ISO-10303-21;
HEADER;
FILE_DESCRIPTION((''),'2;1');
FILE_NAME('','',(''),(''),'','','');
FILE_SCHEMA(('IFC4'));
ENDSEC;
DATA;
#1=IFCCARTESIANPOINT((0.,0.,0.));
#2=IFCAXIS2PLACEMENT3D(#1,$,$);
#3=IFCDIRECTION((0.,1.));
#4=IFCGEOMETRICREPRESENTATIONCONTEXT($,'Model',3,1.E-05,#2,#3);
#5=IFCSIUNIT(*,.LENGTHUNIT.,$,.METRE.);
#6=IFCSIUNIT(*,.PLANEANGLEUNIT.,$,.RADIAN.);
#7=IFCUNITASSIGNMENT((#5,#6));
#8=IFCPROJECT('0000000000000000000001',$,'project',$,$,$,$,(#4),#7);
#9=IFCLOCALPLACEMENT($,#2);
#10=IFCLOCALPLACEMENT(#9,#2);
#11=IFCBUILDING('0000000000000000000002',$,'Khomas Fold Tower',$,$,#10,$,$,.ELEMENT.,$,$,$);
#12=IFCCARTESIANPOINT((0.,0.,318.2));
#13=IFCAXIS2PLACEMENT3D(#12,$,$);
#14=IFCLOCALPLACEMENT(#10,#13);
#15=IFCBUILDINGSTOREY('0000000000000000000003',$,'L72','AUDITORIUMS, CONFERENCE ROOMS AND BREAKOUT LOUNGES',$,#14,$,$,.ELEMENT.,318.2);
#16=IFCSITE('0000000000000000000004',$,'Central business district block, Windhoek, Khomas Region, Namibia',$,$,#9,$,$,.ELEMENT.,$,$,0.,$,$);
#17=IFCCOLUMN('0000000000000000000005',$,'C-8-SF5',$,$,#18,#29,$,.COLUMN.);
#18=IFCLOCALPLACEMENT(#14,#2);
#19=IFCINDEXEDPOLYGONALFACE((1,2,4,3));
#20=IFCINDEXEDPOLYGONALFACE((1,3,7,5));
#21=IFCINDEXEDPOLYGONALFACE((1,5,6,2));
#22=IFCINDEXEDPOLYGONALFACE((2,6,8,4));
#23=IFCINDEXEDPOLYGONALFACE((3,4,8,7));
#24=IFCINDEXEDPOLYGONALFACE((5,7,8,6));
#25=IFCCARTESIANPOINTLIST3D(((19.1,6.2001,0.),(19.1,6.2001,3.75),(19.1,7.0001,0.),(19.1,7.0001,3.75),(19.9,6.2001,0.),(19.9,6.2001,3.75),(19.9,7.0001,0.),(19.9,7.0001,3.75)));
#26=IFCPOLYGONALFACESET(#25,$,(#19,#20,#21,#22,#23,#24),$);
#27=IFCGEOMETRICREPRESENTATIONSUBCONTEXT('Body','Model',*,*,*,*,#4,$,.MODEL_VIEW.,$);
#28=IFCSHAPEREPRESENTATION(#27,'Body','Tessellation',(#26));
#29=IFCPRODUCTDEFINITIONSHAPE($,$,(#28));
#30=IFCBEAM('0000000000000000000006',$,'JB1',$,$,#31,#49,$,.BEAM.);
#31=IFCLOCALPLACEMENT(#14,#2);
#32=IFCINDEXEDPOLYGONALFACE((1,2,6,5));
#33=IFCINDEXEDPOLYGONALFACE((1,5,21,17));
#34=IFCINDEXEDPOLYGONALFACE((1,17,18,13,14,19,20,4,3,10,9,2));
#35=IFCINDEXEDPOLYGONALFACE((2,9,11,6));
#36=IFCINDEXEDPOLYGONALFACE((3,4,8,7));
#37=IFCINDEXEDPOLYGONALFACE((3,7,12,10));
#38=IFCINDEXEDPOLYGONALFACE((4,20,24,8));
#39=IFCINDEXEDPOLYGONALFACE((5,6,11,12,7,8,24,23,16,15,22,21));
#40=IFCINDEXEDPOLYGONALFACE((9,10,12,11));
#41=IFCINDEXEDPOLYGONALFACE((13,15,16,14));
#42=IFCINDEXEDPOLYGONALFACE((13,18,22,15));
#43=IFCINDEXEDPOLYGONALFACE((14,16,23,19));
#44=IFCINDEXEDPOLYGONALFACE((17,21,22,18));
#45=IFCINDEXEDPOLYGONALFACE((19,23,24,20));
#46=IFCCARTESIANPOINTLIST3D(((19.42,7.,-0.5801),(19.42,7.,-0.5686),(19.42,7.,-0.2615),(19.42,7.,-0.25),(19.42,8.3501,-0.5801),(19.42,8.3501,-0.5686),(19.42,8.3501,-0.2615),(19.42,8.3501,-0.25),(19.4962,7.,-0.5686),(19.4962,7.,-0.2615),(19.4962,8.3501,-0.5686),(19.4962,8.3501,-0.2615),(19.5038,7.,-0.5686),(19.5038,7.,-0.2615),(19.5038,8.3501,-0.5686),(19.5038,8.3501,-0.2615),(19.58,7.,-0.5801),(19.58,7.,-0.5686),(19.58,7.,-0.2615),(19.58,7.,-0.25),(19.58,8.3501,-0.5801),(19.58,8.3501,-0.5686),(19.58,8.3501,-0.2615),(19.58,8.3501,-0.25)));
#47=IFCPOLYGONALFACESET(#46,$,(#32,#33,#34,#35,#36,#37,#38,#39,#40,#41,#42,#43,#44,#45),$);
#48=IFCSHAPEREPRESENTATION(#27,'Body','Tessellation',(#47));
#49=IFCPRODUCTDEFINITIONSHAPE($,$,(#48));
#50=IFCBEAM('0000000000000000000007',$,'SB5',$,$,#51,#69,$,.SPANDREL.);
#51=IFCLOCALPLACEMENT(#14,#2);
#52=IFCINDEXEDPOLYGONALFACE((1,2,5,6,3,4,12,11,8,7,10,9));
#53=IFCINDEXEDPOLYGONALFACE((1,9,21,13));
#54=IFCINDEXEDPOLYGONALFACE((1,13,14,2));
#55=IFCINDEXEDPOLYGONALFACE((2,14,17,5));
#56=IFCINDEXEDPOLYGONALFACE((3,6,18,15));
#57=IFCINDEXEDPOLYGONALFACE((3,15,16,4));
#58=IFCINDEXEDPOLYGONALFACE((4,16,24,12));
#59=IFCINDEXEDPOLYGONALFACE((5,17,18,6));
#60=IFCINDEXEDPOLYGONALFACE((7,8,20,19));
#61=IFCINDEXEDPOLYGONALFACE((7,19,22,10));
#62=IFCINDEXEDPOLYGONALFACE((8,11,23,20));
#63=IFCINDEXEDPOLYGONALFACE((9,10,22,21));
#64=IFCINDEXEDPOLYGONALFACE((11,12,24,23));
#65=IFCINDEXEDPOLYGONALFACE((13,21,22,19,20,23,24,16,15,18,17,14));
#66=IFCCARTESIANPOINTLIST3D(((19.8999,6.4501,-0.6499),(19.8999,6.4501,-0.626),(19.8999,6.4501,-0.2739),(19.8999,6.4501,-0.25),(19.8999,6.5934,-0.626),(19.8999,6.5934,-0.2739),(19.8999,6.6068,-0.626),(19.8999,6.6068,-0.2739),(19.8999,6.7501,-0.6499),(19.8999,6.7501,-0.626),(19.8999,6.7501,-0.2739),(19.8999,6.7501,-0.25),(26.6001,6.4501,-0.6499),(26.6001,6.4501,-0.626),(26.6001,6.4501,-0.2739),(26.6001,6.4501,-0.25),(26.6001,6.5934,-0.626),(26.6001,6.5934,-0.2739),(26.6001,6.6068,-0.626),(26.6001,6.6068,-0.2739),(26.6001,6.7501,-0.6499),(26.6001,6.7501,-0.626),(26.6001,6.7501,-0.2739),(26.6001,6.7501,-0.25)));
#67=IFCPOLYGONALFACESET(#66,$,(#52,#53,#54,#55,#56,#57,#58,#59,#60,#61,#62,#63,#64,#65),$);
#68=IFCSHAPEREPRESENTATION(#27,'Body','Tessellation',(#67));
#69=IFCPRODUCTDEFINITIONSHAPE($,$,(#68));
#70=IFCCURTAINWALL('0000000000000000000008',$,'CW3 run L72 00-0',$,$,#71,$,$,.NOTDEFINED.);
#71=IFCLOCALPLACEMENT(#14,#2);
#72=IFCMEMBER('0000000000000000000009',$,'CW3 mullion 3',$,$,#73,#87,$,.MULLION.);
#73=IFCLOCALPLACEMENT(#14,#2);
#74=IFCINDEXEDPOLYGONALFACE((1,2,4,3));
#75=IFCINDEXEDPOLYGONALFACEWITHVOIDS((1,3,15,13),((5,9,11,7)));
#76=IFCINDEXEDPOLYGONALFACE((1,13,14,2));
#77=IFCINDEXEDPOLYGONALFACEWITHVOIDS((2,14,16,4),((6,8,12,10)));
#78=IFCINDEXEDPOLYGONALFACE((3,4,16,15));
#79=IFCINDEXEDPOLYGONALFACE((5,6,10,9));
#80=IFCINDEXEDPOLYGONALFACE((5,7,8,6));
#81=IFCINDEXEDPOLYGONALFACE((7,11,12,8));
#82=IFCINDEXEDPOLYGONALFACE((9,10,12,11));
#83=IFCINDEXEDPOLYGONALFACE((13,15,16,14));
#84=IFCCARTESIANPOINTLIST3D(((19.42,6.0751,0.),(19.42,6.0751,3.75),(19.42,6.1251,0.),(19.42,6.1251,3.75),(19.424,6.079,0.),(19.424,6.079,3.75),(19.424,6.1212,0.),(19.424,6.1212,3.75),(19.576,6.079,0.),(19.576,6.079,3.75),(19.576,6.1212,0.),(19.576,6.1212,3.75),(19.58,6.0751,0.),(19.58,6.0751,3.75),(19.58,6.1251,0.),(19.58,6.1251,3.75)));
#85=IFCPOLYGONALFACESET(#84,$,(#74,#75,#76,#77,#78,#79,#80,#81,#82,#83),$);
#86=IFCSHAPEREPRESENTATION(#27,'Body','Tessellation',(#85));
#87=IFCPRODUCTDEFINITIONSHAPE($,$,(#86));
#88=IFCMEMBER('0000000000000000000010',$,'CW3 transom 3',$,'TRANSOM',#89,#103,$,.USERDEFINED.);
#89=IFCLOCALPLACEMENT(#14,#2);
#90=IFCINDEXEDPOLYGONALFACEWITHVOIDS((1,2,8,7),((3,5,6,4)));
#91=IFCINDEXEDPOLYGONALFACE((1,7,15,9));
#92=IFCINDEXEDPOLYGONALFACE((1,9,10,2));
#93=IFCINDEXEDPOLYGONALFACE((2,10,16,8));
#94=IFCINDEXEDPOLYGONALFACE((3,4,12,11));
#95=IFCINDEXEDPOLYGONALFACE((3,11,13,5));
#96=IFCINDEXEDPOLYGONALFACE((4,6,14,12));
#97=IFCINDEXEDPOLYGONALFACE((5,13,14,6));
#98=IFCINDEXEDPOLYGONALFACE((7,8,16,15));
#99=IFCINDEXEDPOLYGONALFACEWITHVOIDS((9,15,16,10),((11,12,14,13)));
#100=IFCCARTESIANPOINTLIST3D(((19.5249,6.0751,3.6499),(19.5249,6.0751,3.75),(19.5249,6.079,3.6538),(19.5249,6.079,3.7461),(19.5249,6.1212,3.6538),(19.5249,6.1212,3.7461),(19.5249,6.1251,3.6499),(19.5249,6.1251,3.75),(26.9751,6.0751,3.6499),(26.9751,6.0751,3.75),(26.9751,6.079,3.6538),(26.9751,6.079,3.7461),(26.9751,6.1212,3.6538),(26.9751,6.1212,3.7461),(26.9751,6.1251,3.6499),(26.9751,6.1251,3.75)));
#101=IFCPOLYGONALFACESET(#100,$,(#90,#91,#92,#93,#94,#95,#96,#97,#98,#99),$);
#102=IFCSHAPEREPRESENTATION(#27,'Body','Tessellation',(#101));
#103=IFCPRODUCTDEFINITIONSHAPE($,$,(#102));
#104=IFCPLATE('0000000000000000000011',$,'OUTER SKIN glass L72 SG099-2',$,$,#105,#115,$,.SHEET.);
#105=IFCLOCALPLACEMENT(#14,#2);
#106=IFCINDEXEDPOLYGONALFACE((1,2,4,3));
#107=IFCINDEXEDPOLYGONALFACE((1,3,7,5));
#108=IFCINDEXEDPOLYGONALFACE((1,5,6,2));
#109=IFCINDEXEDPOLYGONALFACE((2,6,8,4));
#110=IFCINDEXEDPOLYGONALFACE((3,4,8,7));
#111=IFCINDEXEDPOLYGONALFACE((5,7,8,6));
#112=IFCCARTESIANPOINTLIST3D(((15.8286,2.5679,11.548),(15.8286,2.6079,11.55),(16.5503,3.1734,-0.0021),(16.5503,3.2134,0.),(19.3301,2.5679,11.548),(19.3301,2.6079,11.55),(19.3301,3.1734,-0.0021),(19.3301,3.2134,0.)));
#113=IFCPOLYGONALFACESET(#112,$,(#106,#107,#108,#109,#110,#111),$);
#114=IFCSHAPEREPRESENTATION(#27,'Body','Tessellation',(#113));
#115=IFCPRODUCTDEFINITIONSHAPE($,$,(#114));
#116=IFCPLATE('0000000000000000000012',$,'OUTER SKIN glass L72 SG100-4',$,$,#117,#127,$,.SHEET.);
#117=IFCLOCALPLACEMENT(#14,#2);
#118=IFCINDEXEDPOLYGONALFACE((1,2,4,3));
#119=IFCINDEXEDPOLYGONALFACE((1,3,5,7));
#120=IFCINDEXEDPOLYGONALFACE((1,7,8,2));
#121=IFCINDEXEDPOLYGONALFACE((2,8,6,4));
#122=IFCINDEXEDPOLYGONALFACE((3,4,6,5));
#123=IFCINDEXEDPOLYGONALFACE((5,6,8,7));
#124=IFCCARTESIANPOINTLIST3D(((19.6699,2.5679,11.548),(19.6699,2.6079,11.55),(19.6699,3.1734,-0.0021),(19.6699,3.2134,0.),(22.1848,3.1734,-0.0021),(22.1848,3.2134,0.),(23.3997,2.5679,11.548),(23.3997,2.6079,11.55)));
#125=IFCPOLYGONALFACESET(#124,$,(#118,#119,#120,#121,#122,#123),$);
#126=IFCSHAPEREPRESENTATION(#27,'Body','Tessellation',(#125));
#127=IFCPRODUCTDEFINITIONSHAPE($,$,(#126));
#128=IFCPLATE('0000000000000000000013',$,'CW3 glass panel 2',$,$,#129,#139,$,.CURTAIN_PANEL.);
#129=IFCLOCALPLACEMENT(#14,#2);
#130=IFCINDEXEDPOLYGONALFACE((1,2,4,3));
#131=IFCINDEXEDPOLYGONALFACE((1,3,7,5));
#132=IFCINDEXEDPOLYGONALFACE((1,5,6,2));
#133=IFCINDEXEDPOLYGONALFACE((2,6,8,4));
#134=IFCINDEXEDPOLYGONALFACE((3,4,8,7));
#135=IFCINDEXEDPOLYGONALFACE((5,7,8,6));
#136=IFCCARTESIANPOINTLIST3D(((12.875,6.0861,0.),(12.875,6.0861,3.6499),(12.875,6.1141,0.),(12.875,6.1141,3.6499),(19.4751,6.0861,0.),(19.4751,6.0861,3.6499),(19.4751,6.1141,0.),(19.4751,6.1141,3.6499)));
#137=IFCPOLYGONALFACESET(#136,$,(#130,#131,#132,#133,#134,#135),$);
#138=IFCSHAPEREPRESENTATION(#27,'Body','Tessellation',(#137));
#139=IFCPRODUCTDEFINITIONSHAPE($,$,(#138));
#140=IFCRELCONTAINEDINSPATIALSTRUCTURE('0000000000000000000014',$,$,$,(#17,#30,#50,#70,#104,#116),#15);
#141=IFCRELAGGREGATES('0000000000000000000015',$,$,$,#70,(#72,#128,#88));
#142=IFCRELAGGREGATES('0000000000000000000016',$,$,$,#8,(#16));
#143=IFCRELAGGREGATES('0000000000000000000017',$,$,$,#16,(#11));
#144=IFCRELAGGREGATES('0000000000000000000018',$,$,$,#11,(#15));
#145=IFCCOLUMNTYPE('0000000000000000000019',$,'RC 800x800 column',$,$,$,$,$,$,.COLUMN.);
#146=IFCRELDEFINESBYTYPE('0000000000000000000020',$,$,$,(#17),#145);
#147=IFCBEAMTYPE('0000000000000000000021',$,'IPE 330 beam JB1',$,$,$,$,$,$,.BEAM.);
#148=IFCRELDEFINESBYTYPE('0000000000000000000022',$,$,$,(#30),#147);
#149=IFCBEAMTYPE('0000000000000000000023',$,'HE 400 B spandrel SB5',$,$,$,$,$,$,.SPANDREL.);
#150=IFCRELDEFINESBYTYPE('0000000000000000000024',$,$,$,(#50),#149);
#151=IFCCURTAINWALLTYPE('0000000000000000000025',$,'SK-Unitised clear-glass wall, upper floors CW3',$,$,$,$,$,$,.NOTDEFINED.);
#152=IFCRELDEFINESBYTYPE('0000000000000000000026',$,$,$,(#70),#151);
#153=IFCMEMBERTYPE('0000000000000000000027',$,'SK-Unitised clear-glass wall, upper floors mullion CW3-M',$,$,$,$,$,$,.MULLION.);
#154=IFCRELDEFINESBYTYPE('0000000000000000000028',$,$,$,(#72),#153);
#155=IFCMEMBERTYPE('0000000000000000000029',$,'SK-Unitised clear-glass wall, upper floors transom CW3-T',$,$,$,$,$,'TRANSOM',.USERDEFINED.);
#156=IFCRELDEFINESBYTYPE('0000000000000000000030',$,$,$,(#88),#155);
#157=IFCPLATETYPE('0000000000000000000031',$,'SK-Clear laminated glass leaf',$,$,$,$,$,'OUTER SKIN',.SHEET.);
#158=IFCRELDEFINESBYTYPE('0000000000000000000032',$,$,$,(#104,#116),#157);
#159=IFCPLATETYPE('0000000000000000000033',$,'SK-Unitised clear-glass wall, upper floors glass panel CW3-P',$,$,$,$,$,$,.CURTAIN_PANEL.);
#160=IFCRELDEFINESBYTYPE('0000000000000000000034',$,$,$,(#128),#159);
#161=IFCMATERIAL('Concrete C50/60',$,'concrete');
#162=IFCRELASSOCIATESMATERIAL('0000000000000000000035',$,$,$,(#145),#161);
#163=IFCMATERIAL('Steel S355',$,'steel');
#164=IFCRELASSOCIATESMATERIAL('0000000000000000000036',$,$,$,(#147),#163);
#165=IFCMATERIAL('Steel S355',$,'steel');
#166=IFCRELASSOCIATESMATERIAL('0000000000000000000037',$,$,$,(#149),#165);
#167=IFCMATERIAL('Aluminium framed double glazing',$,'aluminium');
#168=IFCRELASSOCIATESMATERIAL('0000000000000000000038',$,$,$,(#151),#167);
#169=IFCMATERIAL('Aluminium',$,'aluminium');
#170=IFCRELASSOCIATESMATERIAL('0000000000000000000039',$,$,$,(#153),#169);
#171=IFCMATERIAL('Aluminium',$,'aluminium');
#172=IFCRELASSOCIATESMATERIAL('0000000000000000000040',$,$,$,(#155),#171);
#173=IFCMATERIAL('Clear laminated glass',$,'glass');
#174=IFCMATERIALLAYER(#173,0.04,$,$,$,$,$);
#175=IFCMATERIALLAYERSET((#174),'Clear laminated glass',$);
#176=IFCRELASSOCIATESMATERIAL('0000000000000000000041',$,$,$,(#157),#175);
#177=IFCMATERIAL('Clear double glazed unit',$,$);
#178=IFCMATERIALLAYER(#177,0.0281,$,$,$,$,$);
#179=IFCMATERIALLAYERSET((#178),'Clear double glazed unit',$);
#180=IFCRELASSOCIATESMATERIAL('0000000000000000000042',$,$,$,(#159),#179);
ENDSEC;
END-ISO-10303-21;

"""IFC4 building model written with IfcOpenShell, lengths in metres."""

from ifc_helpers import new_model, si_unit, direction, frame, origin, origin_2d, place, context, subcontext, project, spatial, polyline, rectangle, hollow_rectangle, i_section, outline, extrude, source, transform, mapped, material, layer, layer_set, material_profile, profile_set, type_object, element, aggregate, save


model = new_model("IFC4")

# Units and contexts
model_context = context("Model", 3, precision=1e-05, world=origin(), true_north=direction((0.0, 1.0)))
body_context = subcontext(model_context, "Body", "Model", "MODEL_VIEW")
ifc_project = project(units=[si_unit("LENGTHUNIT", "METRE"), si_unit("PLANEANGLEUNIT", "RADIAN")], contexts=[model_context])

# Site, building, storey
site_placement = place(None, origin())
site = spatial("IfcSite", under=ifc_project, at=site_placement, Name="Central business district block, Windhoek, Khomas Region, Namibia", CompositionType="ELEMENT", RefElevation=0.0)
building_placement = place(site_placement, origin())
building = spatial("IfcBuilding", under=site, at=building_placement, Name="Khomas Fold Tower", CompositionType="ELEMENT")
storey_placement = place(building_placement, frame((0.0, 0.0, 318.2)))
storey = spatial("IfcBuildingStorey", under=building, at=storey_placement, Name="L72", Description="AUDITORIUMS, CONFERENCE ROOMS AND BREAKOUT LOUNGES", CompositionType="ELEMENT", Elevation=318.2)

# Column
ifc_material_1 = material(Name="Concrete C50/60", Category="concrete")
ifc_material_profile_1 = material_profile(ifc_material_1, rectangle(XDim=0.8, YDim=0.8, at=origin_2d()), Name="RC 800x800")
ifc_profile_set_1 = profile_set([ifc_material_profile_1], Name="Concrete C50/60")
column_type = type_object("IfcColumnType", Name="RC 800x800 column", PredefinedType="COLUMN", material=ifc_profile_set_1)
shared_shape_1 = source(origin(), body_context, "Body", "SweptSolid", [
    extrude(rectangle(XDim=0.8, YDim=0.8, at=origin_2d()), origin(), (0.0, 0.0, 1.0), 3.75),
])
column_placement = place(storey_placement, frame((19.5, 6.6001, 0.0), z_axis=(0.0, 0.0, 1.0), x_axis=(1.0, 0.0, 0.0)))
element("IfcColumn", 1, at=column_placement, inside=storey, type_object=column_type, Name="C-8-SF5", PredefinedType="COLUMN", context=body_context, shape_type="MappedRepresentation", body=[
    mapped(shared_shape_1, transform((0.0, 0.0, 0.0))),
])

# Beams
ifc_material_2 = material(Name="Steel S355", Category="steel")
ifc_material_profile_2 = material_profile(ifc_material_2, i_section(OverallWidth=0.1599, OverallDepth=0.3301, WebThickness=0.0076, FlangeThickness=0.0115, at=origin_2d()), Name="IPE 330")
ifc_profile_set_2 = profile_set([ifc_material_profile_2], Name="Steel S355")
beam_type_1 = type_object("IfcBeamType", Name="IPE 330 beam JB1", PredefinedType="BEAM", material=ifc_profile_set_2)
shared_shape_2 = source(origin(), body_context, "Body", "SweptSolid", [
    extrude(i_section(OverallWidth=0.1599, OverallDepth=0.3301, WebThickness=0.0076, FlangeThickness=0.0115, at=origin_2d()), origin(), (0.0, 0.0, 1.0), 1.3501),
])
beam_1_placement = place(storey_placement, frame((19.5, 7.0, -0.415), z_axis=(0.0, 1.0, 0.0), x_axis=(-1.0, 0.0, 0.0)))
element("IfcBeam", 2, at=beam_1_placement, inside=storey, type_object=beam_type_1, Name="JB1", PredefinedType="BEAM", context=body_context, shape_type="MappedRepresentation", body=[
    mapped(shared_shape_2, transform((0.0, 0.0, 0.0))),
])
ifc_material_3 = material(Name="Steel S355", Category="steel")
ifc_material_profile_3 = material_profile(ifc_material_3, i_section(OverallWidth=0.3, OverallDepth=0.3999, WebThickness=0.0134, FlangeThickness=0.0239, at=origin_2d()), Name="HE 400 B")
ifc_profile_set_3 = profile_set([ifc_material_profile_3], Name="Steel S355")
beam_type_2 = type_object("IfcBeamType", Name="HE 400 B spandrel SB5", PredefinedType="SPANDREL", material=ifc_profile_set_3)
shared_shape_3 = source(origin(), body_context, "Body", "SweptSolid", [
    extrude(i_section(OverallWidth=0.3, OverallDepth=0.3999, WebThickness=0.0134, FlangeThickness=0.0239, at=origin_2d()), origin(), (0.0, 0.0, 1.0), 6.7002),
])
beam_2_placement = place(storey_placement, frame((19.8999, 6.6001, -0.45), z_axis=(1.0, 0.0, 0.0), x_axis=(0.0, 1.0, 0.0)))
element("IfcBeam", 3, at=beam_2_placement, inside=storey, type_object=beam_type_2, Name="SB5", PredefinedType="SPANDREL", context=body_context, shape_type="MappedRepresentation", body=[
    mapped(shared_shape_3, transform((0.0, 0.0, 0.0))),
])

# Curtain wall, members
ifc_material_4 = material(Name="Aluminium framed double glazing", Category="aluminium")
curtain_wall_type = type_object("IfcCurtainWallType", Name="SK-Unitised clear-glass wall, upper floors CW3", PredefinedType="NOTDEFINED", material=ifc_material_4)
curtain_wall_placement = place(storey_placement, origin())
curtain_wall = element("IfcCurtainWall", 4, at=curtain_wall_placement, inside=storey, type_object=curtain_wall_type, Name="CW3 run L72 00-0", PredefinedType="NOTDEFINED")
ifc_material_5 = material(Name="Aluminium", Category="aluminium")
ifc_material_profile_4 = material_profile(ifc_material_5, hollow_rectangle(XDim=0.05, YDim=0.1599, WallThickness=0.0039, at=origin_2d()), Name="SK-Unitised clear-glass wall, upper floors mullion CW3-M")
ifc_profile_set_4 = profile_set([ifc_material_profile_4], Name="Aluminium")
member_type_1 = type_object("IfcMemberType", Name="SK-Unitised clear-glass wall, upper floors mullion CW3-M", PredefinedType="MULLION", material=ifc_profile_set_4)
shared_shape_4 = source(origin(), body_context, "Body", "SweptSolid", [
    extrude(hollow_rectangle(XDim=0.05, YDim=0.1599, WallThickness=0.0039, at=origin_2d()), origin(), (0.0, 0.0, 1.0), 3.75),
])
member_1_placement = place(storey_placement, frame((19.5, 6.1001, 0.0), z_axis=(0.0, 0.0, 1.0), x_axis=(0.0, 1.0, 0.0)))
member_1 = element("IfcMember", 5, at=member_1_placement, type_object=member_type_1, Name="CW3 mullion 3", PredefinedType="MULLION", context=body_context, shape_type="MappedRepresentation", body=[
    mapped(shared_shape_4, transform((0.0, 0.0, 0.0))),
])
ifc_material_6 = material(Name="Aluminium", Category="aluminium")
ifc_material_profile_5 = material_profile(ifc_material_6, hollow_rectangle(XDim=0.05, YDim=0.1001, WallThickness=0.0039, at=origin_2d()), Name="SK-Unitised clear-glass wall, upper floors transom CW3-T")
ifc_profile_set_5 = profile_set([ifc_material_profile_5], Name="Aluminium")
member_type_2 = type_object("IfcMemberType", Name="SK-Unitised clear-glass wall, upper floors transom CW3-T", ElementType="TRANSOM", PredefinedType="USERDEFINED", material=ifc_profile_set_5)
shared_shape_5 = source(origin(), body_context, "Body", "SweptSolid", [
    extrude(hollow_rectangle(XDim=0.05, YDim=0.1001, WallThickness=0.0039, at=origin_2d()), origin(), (0.0, 0.0, 1.0), 7.4502),
])
member_2_placement = place(storey_placement, frame((19.5249, 6.1001, 3.7), z_axis=(1.0, 0.0, 0.0), x_axis=(0.0, 1.0, 0.0)))
member_2 = element("IfcMember", 6, at=member_2_placement, type_object=member_type_2, Name="CW3 transom 3", ObjectType="TRANSOM", PredefinedType="USERDEFINED", context=body_context, shape_type="MappedRepresentation", body=[
    mapped(shared_shape_5, transform((0.0, 0.0, 0.0))),
])

# Plates
ifc_material_7 = material(Name="Clear laminated glass", Category="glass")
ifc_layer_1 = layer(ifc_material_7, 0.04)
ifc_layer_set_1 = layer_set([ifc_layer_1], Name="Clear laminated glass")
plate_type_1 = type_object("IfcPlateType", Name="SK-Clear laminated glass leaf", ElementType="OUTER SKIN", PredefinedType="SHEET", material=ifc_layer_set_1)
plate_1_placement = place(storey_placement, frame((16.5503, 3.2134, 0.0), z_axis=(0.0, 0.998629, 0.052349), x_axis=(-0.062276, -0.052248, 0.99669)))
element("IfcPlate", 7, at=plate_1_placement, inside=storey, type_object=plate_type_1, Name="OUTER SKIN glass L72 SG099-2", PredefinedType="SHEET", context=body_context, shape_type="SweptSolid", body=[
    extrude(outline(polyline([(0.0, 0.0), (11.5884, 0.0), (11.3703, 3.4947), (-0.1731, 2.7744), (0.0, 0.0)])), origin(), (0.0, 0.0, -1.0), 0.04),
])
plate_2_placement = place(storey_placement, frame((22.1848, 3.2134, 0.0), z_axis=(0.0, 0.998629, 0.052349), x_axis=(-1.0, 0.0, 0.0)))
element("IfcPlate", 8, at=plate_2_placement, inside=storey, type_object=plate_type_1, Name="OUTER SKIN glass L72 SG100-4", PredefinedType="SHEET", context=body_context, shape_type="SweptSolid", body=[
    extrude(outline(polyline([(0.0, 0.0), (2.5149, 0.0), (2.5149, 11.5659), (-1.2148, 11.5659), (0.0, 0.0)])), origin(), (0.0, 0.0, -1.0), 0.04),
])

# Plate
ifc_material_8 = material(Name="Clear double glazed unit")
ifc_layer_2 = layer(ifc_material_8, 0.0281)
ifc_layer_set_2 = layer_set([ifc_layer_2], Name="Clear double glazed unit")
plate_type_2 = type_object("IfcPlateType", Name="SK-Unitised clear-glass wall, upper floors glass panel CW3-P", PredefinedType="CURTAIN_PANEL", material=ifc_layer_set_2)
shared_shape_6 = source(origin(), body_context, "Body", "SweptSolid", [
    extrude(rectangle(XDim=6.6001, YDim=0.0281, at=origin_2d()), origin(), (0.0, 0.0, 1.0), 3.6499),
])
plate_3_placement = place(storey_placement, frame((16.175, 6.1001, 0.0), z_axis=(0.0, 0.0, 1.0), x_axis=(1.0, 0.0, 0.0)))
plate_3 = element("IfcPlate", 9, at=plate_3_placement, type_object=plate_type_2, Name="CW3 glass panel 2", PredefinedType="CURTAIN_PANEL", context=body_context, shape_type="MappedRepresentation", body=[
    mapped(shared_shape_6, transform((0.0, 0.0, 0.0))),
])
aggregate(curtain_wall, [member_1, plate_3, member_2])

save(model, "model.ifc")
